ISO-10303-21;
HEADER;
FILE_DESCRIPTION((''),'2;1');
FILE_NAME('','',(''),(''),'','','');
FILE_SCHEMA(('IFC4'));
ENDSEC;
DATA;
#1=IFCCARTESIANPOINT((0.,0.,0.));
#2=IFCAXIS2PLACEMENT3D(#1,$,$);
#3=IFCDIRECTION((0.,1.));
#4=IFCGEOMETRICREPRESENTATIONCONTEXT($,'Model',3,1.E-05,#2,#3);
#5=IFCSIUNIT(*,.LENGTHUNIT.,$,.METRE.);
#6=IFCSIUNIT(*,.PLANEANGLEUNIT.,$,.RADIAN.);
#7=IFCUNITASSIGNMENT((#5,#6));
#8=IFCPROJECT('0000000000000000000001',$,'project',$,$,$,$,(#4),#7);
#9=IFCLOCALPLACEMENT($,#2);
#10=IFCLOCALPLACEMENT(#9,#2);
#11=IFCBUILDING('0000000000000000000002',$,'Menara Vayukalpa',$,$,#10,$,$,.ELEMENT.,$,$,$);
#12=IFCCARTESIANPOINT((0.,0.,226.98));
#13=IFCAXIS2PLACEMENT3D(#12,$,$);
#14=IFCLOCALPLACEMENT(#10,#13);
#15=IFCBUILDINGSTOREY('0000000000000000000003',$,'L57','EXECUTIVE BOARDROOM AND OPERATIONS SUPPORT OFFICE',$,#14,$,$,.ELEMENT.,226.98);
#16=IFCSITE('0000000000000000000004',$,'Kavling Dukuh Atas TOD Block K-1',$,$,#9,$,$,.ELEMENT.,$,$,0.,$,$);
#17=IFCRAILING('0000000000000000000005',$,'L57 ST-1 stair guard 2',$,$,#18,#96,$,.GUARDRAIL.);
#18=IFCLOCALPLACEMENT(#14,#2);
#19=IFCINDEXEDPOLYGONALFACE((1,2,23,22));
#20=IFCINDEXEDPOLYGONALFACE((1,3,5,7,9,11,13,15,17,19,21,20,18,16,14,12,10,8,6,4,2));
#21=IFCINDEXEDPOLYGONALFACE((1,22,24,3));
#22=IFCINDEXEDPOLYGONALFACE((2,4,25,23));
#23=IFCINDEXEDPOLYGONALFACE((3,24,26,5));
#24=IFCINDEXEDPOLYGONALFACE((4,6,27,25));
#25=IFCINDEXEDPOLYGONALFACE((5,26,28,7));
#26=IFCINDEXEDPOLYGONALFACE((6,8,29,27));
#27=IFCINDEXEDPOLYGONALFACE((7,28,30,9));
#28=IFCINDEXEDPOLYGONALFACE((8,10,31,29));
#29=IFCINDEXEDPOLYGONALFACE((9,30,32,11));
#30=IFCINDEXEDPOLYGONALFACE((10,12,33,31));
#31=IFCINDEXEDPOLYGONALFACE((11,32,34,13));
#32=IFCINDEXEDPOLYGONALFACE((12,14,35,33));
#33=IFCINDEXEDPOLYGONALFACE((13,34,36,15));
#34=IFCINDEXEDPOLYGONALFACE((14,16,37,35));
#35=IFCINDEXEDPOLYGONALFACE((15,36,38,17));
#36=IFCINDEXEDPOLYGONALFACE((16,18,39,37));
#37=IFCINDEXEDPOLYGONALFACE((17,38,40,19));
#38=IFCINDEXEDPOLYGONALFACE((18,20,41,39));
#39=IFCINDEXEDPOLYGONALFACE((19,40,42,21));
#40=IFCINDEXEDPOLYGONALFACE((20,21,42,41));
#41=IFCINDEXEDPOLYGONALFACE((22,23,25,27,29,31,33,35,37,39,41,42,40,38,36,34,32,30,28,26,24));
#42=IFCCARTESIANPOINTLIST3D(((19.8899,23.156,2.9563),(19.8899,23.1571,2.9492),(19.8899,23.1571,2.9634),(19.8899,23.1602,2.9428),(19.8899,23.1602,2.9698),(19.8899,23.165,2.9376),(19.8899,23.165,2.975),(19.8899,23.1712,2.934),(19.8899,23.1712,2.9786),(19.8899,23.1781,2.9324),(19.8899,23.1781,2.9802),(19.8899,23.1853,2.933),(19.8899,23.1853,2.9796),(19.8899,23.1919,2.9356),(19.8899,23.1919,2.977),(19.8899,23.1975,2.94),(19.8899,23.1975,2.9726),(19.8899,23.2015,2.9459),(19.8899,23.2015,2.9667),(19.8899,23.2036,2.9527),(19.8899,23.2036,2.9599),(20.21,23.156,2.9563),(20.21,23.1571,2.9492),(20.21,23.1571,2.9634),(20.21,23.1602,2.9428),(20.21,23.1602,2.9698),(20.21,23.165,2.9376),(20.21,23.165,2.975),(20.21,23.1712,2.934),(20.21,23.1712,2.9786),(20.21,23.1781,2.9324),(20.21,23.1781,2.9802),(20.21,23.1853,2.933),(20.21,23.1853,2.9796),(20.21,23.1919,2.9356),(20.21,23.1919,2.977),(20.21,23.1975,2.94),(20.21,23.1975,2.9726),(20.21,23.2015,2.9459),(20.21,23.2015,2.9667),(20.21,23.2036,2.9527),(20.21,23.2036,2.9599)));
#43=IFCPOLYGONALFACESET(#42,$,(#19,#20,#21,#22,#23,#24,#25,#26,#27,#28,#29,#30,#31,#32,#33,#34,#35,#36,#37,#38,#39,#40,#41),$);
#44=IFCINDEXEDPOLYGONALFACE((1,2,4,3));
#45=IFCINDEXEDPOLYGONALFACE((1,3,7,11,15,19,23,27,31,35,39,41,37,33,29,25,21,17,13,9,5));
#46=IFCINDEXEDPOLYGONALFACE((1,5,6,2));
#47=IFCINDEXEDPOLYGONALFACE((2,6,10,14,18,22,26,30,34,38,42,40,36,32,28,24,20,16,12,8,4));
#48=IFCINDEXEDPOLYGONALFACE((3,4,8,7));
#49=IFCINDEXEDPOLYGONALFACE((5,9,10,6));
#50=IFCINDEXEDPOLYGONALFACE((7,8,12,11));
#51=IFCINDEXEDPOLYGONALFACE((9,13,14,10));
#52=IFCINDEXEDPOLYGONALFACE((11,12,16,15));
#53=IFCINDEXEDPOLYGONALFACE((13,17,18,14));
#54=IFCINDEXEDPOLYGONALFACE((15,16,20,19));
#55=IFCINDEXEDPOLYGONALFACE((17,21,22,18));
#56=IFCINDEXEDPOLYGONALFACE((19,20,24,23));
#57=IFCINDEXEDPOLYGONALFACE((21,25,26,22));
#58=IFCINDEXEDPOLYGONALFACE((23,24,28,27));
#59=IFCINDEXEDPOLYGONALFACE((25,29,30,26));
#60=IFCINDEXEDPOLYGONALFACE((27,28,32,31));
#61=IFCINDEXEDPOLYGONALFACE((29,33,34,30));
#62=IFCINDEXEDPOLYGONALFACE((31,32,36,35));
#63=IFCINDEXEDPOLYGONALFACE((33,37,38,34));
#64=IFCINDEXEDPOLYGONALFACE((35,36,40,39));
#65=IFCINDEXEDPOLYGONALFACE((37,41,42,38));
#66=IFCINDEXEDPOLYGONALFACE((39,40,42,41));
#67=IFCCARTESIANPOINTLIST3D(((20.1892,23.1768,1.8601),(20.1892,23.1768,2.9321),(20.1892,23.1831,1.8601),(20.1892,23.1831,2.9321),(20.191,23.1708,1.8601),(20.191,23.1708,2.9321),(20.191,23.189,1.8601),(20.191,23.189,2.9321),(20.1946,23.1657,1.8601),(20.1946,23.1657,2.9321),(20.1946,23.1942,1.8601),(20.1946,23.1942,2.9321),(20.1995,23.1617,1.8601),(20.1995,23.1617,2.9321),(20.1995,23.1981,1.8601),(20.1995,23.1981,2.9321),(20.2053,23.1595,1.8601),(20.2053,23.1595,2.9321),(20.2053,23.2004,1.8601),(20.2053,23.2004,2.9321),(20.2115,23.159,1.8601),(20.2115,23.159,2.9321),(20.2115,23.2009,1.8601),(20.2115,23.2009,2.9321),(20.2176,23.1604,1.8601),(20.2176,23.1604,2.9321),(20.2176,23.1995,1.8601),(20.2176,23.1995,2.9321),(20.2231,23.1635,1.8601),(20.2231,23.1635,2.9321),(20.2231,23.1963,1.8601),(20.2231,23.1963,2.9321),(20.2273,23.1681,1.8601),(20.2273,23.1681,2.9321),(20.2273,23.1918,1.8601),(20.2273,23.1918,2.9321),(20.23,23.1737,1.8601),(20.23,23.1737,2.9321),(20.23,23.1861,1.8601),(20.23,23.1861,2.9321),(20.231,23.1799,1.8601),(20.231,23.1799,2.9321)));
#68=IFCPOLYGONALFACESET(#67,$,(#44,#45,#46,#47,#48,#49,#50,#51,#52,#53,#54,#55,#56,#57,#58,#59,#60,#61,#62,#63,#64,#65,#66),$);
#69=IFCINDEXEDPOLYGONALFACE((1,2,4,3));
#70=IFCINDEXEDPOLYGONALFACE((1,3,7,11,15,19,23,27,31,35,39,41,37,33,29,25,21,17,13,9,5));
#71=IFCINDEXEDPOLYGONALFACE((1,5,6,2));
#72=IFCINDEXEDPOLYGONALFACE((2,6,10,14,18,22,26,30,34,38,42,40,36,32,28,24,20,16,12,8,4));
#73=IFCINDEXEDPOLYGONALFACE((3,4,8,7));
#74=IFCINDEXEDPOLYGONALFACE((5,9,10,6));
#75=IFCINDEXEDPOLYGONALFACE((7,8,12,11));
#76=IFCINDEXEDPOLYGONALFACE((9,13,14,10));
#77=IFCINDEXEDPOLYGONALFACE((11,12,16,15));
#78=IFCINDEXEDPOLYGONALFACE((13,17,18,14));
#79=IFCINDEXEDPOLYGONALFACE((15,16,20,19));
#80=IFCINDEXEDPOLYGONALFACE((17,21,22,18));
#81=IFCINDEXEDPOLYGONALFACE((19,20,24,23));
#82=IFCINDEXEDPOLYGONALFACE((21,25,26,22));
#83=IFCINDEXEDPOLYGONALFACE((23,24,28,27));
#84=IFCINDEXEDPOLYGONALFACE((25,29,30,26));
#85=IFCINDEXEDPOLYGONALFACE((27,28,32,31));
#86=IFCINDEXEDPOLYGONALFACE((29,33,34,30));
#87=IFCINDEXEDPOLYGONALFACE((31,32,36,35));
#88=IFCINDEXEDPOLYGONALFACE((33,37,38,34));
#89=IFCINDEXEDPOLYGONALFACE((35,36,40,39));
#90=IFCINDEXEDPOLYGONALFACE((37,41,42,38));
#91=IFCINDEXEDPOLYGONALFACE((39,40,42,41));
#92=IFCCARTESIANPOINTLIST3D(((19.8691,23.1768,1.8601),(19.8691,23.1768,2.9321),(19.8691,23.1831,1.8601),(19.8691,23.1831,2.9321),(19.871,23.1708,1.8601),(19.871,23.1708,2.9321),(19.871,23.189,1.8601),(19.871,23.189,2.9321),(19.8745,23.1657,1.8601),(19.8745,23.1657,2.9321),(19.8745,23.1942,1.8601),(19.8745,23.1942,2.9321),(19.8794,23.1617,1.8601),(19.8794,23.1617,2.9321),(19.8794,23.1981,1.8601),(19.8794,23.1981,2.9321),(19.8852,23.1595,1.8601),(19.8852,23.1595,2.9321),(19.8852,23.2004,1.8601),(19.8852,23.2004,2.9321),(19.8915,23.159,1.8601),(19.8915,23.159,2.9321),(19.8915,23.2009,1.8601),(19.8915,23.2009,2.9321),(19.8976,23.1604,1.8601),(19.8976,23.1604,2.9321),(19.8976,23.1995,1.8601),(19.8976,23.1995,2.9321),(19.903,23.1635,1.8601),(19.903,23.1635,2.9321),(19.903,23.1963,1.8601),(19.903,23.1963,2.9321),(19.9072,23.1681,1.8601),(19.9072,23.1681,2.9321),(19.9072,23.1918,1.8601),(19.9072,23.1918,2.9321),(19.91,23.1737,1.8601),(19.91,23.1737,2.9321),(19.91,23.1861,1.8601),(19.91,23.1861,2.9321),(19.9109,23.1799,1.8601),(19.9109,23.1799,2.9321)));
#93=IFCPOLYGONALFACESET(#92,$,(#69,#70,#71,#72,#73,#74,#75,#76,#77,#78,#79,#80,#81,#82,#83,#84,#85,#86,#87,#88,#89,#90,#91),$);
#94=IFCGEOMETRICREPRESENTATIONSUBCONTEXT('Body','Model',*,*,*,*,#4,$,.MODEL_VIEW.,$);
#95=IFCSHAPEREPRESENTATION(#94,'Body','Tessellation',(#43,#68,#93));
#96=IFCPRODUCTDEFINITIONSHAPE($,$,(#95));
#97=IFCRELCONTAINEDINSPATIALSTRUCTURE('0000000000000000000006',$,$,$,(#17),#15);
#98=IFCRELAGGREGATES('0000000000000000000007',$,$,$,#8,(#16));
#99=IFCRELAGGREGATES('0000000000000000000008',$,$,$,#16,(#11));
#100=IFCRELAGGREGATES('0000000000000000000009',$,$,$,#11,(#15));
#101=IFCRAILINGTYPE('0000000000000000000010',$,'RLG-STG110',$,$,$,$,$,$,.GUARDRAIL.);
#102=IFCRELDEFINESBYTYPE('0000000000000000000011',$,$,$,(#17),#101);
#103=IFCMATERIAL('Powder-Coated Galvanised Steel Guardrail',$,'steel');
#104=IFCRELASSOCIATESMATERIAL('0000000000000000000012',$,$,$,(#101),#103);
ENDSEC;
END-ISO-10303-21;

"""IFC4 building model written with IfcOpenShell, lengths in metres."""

from ifc_helpers import new_model, si_unit, direction, frame, origin, origin_2d, place, context, subcontext, project, spatial, circle, extrude, material, type_object, element, save


model = new_model("IFC4")

# Units and contexts
model_context = context("Model", 3, precision=1e-05, world=origin(), true_north=direction((0.0, 1.0)))
body_context = subcontext(model_context, "Body", "Model", "MODEL_VIEW")
ifc_project = project(units=[si_unit("LENGTHUNIT", "METRE"), si_unit("PLANEANGLEUNIT", "RADIAN")], contexts=[model_context])

# Site, building, storey
site_placement = place(None, origin())
site = spatial("IfcSite", under=ifc_project, at=site_placement, Name="Kavling Dukuh Atas TOD Block K-1", CompositionType="ELEMENT", RefElevation=0.0)
building_placement = place(site_placement, origin())
building = spatial("IfcBuilding", under=site, at=building_placement, Name="Menara Vayukalpa", CompositionType="ELEMENT")
storey_placement = place(building_placement, frame((0.0, 0.0, 226.98)))
storey = spatial("IfcBuildingStorey", under=building, at=storey_placement, Name="L57", Description="EXECUTIVE BOARDROOM AND OPERATIONS SUPPORT OFFICE", CompositionType="ELEMENT", Elevation=226.98)

# Railing
ifc_material_1 = material(Name="Powder-Coated Galvanised Steel Guardrail", Category="steel")
railing_type_1 = type_object("IfcRailingType", Name="RLG-STG110", PredefinedType="GUARDRAIL", material=ifc_material_1)
railing_1_placement = place(storey_placement, frame((20.21, 23.1799, 1.8601)))
element("IfcRailing", 1, at=railing_1_placement, inside=storey, type_object=railing_type_1, Name="L57 ST-1 stair guard 2", PredefinedType="GUARDRAIL", context=body_context, shape_type="SweptSolid", body=[
    extrude(circle(Radius=0.0239, at=origin_2d()), frame((0.0, 0.0, 1.0962), z_axis=(-1.0, 0.0, 0.0), x_axis=(0.0, -1.0, 0.0)), (0.0, 0.0, 1.0), 0.3201),
    extrude(circle(Radius=0.021, at=origin_2d()), origin(), (0.0, 0.0, 1.0), 1.072),
    extrude(circle(Radius=0.021, at=origin_2d()), frame((-0.3201, 0.0, 0.0)), (0.0, 0.0, 1.0), 1.072),
])

save(model, "model.ifc")
